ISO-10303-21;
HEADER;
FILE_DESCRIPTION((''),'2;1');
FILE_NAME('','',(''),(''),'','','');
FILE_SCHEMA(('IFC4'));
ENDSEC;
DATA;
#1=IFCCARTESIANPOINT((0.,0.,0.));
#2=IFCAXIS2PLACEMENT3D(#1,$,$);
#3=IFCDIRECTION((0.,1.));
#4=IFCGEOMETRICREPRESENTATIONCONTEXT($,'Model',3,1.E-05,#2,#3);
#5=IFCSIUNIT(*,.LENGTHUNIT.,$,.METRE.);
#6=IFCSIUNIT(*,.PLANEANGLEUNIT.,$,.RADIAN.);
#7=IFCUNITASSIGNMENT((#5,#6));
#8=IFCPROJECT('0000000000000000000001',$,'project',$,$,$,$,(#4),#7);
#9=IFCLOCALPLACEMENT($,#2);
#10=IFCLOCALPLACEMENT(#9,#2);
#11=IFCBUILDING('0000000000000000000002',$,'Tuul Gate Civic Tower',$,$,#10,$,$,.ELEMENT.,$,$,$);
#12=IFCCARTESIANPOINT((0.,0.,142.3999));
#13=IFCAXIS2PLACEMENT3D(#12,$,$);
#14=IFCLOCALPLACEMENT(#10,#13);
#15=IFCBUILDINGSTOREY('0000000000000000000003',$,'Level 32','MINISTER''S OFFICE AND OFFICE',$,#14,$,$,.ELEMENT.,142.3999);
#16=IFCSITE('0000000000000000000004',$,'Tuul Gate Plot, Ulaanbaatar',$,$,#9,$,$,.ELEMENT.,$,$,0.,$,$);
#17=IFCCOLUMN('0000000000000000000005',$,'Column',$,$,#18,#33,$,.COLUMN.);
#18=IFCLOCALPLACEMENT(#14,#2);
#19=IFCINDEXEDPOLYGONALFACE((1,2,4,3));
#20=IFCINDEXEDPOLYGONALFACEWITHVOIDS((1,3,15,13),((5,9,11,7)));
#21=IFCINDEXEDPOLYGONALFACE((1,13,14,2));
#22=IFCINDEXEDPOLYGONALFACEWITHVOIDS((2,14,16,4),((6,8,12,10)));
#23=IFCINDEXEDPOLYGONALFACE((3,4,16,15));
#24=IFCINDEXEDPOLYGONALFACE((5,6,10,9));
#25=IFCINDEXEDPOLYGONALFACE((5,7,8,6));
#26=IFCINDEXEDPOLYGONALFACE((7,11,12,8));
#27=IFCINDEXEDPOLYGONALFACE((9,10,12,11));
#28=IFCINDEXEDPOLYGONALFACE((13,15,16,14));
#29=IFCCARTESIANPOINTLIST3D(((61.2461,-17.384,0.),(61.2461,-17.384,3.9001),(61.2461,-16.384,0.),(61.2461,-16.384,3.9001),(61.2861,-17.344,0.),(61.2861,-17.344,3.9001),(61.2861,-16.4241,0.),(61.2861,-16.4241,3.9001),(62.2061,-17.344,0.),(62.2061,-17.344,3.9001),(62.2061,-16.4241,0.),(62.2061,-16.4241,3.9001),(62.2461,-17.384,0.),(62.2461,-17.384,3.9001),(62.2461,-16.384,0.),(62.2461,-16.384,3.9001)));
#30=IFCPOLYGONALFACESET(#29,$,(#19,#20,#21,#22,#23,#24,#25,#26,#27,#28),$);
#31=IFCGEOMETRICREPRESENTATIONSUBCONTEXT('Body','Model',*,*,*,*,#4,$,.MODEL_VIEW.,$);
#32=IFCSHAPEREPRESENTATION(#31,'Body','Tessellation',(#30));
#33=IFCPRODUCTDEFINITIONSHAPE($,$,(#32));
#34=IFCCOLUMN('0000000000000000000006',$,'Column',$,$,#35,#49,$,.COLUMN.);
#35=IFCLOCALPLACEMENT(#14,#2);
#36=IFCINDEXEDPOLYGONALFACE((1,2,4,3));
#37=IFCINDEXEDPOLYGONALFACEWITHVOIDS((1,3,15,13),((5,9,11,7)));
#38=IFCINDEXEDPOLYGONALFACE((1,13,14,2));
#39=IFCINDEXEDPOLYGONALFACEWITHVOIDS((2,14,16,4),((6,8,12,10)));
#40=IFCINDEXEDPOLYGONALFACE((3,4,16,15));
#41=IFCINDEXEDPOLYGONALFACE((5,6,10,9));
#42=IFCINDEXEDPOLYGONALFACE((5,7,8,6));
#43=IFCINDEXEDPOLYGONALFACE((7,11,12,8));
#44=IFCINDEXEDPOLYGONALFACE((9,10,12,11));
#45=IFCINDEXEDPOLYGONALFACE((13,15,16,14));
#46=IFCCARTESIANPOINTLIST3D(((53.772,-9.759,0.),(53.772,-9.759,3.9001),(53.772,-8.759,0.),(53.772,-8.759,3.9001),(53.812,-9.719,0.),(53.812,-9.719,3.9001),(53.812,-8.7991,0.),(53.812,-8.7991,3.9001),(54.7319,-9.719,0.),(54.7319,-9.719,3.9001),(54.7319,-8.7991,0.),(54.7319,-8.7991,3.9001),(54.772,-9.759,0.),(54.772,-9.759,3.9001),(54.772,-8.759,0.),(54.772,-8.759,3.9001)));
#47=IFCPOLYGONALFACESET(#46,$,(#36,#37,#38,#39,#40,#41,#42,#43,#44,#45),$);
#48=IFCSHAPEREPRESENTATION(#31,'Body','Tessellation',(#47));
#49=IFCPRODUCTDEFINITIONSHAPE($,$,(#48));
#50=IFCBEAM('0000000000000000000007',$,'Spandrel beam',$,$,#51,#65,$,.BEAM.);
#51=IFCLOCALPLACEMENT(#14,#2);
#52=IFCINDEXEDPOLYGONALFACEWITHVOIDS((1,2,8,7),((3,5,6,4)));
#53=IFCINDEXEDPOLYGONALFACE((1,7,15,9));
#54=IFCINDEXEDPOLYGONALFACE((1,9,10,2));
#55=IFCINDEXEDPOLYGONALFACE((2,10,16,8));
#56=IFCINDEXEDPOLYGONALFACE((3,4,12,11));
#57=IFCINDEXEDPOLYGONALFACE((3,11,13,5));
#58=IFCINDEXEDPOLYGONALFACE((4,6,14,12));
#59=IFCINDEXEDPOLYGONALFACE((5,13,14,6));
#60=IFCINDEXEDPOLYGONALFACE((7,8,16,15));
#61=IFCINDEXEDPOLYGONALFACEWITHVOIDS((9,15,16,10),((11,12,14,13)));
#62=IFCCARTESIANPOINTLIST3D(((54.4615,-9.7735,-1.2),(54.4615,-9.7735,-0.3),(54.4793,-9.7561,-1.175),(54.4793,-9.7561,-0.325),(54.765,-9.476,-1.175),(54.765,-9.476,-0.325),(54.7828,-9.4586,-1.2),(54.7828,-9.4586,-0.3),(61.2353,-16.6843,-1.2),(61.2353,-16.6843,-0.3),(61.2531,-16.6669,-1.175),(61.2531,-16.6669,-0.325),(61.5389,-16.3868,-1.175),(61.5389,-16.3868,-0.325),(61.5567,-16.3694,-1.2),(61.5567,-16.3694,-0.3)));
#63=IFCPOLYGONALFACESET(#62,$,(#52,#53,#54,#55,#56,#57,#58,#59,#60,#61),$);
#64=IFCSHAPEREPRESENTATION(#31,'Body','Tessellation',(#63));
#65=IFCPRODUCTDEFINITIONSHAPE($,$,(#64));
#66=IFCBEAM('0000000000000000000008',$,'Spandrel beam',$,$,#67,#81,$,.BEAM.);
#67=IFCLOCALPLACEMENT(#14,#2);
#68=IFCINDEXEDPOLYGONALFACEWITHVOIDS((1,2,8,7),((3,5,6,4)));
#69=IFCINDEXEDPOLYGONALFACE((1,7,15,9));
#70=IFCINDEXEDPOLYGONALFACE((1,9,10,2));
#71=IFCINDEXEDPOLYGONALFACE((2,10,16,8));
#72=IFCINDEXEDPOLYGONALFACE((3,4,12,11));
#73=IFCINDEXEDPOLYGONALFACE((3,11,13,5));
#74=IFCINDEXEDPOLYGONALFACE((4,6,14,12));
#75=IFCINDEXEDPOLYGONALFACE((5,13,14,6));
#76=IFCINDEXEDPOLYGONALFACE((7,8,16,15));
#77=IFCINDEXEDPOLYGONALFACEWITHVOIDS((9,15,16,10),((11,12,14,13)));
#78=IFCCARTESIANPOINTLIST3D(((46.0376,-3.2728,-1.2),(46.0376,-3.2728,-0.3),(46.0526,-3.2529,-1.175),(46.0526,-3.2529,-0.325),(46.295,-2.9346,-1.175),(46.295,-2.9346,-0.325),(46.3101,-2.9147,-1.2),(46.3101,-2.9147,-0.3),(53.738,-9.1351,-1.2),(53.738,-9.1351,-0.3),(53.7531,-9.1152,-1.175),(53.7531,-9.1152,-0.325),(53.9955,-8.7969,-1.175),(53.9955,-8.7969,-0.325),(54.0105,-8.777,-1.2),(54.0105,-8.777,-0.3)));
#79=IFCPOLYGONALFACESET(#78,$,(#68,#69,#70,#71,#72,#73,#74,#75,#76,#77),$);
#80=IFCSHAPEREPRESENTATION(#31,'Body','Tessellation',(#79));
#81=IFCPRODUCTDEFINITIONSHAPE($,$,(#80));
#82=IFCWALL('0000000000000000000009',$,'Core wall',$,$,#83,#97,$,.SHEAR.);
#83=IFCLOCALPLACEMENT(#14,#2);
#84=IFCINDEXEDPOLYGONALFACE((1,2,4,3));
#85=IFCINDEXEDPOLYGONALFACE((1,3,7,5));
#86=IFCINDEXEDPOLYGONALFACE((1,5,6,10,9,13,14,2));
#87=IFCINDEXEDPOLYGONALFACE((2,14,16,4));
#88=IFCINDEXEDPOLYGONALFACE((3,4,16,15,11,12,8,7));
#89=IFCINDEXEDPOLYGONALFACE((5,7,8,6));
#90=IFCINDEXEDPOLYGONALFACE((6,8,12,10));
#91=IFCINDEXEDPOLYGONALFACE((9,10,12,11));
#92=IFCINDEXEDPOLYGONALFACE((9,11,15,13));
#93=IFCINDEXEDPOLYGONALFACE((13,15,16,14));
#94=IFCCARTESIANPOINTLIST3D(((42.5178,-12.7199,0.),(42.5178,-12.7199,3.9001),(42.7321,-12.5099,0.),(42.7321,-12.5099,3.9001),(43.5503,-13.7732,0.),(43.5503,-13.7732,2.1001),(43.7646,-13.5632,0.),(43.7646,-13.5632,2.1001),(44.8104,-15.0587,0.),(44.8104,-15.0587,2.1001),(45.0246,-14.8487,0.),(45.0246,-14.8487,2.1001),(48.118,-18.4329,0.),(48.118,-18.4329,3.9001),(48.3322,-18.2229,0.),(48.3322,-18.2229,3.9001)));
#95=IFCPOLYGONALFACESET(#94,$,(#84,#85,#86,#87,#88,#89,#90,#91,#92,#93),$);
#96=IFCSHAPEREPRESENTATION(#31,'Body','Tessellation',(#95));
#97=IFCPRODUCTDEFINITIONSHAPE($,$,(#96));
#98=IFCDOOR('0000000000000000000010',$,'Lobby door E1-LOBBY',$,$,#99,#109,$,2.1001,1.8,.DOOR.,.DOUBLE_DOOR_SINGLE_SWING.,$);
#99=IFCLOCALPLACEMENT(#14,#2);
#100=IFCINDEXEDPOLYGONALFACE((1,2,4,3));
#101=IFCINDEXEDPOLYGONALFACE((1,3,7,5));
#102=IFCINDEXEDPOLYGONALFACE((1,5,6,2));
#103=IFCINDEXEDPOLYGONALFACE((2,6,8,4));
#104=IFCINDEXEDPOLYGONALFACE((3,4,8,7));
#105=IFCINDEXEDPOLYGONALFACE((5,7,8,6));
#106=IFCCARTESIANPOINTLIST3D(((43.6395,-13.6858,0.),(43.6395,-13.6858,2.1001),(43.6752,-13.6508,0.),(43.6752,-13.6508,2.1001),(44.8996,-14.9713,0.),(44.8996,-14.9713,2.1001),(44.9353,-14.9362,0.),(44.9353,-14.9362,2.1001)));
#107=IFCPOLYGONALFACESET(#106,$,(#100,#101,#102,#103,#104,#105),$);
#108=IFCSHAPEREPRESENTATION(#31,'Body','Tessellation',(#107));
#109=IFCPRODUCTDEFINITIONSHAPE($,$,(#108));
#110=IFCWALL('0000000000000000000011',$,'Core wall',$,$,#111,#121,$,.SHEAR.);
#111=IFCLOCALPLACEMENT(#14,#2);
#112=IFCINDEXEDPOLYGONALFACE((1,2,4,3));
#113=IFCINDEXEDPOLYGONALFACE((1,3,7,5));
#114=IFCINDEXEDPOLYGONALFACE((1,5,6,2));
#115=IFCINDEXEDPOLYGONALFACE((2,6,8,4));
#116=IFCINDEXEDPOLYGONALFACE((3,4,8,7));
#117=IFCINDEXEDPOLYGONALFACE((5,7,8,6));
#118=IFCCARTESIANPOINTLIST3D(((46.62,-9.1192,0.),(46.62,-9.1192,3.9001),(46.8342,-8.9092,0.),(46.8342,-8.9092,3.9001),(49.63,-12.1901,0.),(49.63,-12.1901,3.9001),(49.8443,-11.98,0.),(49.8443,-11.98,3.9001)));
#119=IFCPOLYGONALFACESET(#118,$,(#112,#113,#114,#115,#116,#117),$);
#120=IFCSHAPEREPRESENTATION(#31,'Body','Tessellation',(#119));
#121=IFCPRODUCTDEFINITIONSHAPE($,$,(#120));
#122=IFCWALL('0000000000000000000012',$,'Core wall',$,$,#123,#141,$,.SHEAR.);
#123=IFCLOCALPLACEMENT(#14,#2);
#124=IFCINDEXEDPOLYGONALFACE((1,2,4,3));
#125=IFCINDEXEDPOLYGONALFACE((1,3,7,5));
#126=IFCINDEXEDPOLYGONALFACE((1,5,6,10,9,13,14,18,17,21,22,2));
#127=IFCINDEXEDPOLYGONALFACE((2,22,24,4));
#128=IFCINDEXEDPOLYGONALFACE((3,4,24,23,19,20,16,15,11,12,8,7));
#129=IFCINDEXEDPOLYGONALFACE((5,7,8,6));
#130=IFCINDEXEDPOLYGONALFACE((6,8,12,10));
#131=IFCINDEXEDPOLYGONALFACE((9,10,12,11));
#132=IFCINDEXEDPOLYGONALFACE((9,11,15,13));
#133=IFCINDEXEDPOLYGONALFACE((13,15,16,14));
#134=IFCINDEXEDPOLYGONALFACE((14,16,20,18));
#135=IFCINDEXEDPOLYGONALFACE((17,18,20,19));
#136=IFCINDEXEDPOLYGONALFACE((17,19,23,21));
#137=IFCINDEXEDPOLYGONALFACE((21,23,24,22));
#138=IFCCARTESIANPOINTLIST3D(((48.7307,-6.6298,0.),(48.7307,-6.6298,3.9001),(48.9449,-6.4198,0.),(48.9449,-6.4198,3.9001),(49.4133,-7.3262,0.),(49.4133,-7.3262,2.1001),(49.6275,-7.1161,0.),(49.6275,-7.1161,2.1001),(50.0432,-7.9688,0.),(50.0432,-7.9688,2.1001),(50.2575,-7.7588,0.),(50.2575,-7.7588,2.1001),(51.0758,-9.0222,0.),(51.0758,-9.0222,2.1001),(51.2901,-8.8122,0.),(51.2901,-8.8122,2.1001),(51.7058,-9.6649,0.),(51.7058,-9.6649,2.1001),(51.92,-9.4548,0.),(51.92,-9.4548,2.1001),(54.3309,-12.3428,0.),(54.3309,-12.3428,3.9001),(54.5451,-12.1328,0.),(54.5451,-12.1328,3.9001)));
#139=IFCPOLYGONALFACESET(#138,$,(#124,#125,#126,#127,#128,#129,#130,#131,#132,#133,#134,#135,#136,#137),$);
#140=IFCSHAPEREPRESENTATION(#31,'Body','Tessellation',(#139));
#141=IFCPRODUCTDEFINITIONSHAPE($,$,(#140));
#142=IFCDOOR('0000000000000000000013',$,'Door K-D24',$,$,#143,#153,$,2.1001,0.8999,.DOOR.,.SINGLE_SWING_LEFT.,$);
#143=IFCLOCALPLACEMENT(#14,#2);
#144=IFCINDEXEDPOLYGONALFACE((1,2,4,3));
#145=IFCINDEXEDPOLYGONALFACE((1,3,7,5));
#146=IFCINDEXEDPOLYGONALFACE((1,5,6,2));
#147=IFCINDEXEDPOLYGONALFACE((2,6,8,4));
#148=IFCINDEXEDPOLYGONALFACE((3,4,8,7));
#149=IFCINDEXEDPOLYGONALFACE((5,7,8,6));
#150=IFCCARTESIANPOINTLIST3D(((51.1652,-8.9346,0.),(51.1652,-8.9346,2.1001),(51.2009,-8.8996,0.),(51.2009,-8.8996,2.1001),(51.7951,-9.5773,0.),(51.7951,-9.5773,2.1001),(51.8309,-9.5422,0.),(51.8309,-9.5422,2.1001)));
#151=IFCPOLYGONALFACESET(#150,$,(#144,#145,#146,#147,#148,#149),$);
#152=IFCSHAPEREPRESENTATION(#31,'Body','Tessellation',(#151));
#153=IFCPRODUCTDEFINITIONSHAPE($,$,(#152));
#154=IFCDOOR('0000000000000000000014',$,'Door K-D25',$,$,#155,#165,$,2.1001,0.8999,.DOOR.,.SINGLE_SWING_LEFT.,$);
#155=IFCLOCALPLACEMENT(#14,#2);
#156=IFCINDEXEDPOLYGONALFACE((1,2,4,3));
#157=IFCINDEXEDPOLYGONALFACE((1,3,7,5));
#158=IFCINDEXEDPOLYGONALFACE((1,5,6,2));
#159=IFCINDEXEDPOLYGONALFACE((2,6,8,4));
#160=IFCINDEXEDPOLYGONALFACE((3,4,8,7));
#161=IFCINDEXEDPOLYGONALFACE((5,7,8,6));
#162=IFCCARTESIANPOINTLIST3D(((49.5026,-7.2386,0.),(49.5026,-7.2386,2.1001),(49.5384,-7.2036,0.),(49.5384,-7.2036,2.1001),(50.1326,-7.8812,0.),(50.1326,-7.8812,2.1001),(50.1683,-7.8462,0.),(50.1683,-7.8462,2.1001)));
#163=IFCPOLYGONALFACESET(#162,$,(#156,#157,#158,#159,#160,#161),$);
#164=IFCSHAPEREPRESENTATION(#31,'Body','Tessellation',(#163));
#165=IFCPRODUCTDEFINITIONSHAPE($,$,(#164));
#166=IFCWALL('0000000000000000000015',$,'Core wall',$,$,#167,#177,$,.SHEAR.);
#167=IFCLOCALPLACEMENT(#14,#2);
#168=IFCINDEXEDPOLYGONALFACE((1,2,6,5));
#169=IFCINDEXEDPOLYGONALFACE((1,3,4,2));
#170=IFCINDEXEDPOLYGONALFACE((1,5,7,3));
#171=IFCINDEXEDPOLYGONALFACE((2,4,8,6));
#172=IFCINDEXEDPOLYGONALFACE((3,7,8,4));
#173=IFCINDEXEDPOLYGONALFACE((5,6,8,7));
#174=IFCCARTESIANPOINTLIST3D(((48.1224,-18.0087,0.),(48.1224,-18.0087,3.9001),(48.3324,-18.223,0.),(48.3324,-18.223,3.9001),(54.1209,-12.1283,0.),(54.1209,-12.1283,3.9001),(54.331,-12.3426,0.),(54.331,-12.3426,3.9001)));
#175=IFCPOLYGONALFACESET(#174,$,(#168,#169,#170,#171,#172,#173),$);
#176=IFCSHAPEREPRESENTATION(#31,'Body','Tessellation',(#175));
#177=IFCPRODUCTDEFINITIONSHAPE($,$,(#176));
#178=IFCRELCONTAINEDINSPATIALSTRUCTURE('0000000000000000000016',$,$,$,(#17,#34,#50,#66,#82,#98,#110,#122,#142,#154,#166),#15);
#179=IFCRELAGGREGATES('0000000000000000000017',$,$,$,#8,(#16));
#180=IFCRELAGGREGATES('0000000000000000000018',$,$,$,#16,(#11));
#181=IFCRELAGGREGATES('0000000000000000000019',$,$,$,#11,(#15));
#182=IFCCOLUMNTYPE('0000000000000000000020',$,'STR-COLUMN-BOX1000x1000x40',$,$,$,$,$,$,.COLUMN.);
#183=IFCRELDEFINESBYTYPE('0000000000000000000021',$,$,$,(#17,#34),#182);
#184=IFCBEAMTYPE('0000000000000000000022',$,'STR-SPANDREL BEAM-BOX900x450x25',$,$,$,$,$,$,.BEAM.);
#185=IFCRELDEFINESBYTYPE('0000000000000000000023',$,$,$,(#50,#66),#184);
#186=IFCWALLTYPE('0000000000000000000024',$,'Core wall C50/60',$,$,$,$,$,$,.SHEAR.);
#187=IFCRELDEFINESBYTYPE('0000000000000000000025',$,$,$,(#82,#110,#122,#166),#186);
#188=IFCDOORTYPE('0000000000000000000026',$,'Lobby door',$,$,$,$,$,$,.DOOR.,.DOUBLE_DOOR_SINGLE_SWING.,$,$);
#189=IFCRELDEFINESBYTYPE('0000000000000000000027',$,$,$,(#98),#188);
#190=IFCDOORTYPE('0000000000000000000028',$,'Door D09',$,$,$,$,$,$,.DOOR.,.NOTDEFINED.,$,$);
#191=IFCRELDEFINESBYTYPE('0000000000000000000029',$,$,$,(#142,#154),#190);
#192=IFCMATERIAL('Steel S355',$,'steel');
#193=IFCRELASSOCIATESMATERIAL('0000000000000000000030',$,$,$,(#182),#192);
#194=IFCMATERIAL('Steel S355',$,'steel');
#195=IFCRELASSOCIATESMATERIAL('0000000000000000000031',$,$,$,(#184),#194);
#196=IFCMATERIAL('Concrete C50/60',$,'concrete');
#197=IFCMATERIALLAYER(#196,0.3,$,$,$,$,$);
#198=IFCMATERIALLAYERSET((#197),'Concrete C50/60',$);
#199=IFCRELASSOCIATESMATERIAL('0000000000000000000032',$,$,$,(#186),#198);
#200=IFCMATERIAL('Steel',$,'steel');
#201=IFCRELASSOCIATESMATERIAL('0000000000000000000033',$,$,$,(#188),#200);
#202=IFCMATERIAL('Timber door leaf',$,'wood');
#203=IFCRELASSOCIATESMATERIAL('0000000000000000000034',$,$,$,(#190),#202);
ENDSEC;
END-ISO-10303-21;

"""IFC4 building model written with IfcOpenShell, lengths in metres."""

from ifc_helpers import new_model, si_unit, direction, frame, frame_2d, origin, origin_2d, place, context, subcontext, project, spatial, rectangle, hollow_rectangle, extrude, material, layer, layer_set, material_profile, profile_set, type_object, element, fill, save


model = new_model("IFC4")

# Units and contexts
model_context = context("Model", 3, precision=1e-05, world=origin(), true_north=direction((0.0, 1.0)))
body_context = subcontext(model_context, "Body", "Model", "MODEL_VIEW")
ifc_project = project(units=[si_unit("LENGTHUNIT", "METRE"), si_unit("PLANEANGLEUNIT", "RADIAN")], contexts=[model_context])

# Site, building, storey
site_placement = place(None, origin())
site = spatial("IfcSite", under=ifc_project, at=site_placement, Name="Tuul Gate Plot, Ulaanbaatar", CompositionType="ELEMENT", RefElevation=0.0)
building_placement = place(site_placement, origin())
building = spatial("IfcBuilding", under=site, at=building_placement, Name="Tuul Gate Civic Tower", CompositionType="ELEMENT")
storey_placement = place(building_placement, frame((0.0, 0.0, 142.3999)))
storey = spatial("IfcBuildingStorey", under=building, at=storey_placement, Name="Level 32", Description="MINISTER'S OFFICE AND OFFICE", CompositionType="ELEMENT", Elevation=142.3999)

# Columns
ifc_material_1 = material(Name="Steel S355", Category="steel")
ifc_material_profile_1 = material_profile(ifc_material_1, hollow_rectangle(XDim=1.0, YDim=1.0, WallThickness=0.04, at=origin_2d()), Name="BOX1000x1000x40")
ifc_profile_set_1 = profile_set([ifc_material_profile_1], Name="Steel S355")
column_type = type_object("IfcColumnType", Name="STR-COLUMN-BOX1000x1000x40", PredefinedType="COLUMN", material=ifc_profile_set_1)
for number, where, z_axis, x_axis, name in (
    (1, (61.7461, -16.884, 0.0), (0.0, 0.0, 1.0), (1.0, 0.0, 0.0), "Column"),
    (2, (54.272, -9.259, 0.0), (0.0, 0.0, 1.0), (1.0, 0.0, 0.0), "Column"),
):
    element("IfcColumn", number, at=place(storey_placement, frame(where, z_axis=z_axis, x_axis=x_axis)), inside=storey, type_object=column_type, Name=name, PredefinedType="COLUMN", context=body_context, shape_type="SweptSolid", body=[
        extrude(hollow_rectangle(XDim=1.0, YDim=1.0, WallThickness=0.04, at=origin_2d()), origin(), (0.0, 0.0, 1.0), 3.9001),
    ])

# Beams
ifc_material_2 = material(Name="Steel S355", Category="steel")
ifc_material_profile_2 = material_profile(ifc_material_2, hollow_rectangle(XDim=0.45, YDim=0.8999, WallThickness=0.0249, at=origin_2d()), Name="BOX900x450x25")
ifc_profile_set_2 = profile_set([ifc_material_profile_2], Name="Steel S355")
beam_type = type_object("IfcBeamType", Name="STR-SPANDREL BEAM-BOX900x450x25", PredefinedType="BEAM", material=ifc_profile_set_2)
beam_1_placement = place(storey_placement, frame((61.396, -16.5269, -0.75), z_axis=(-0.699995, 0.714148, 0.0), x_axis=(-0.714148, -0.699995, 0.0)))
element("IfcBeam", 3, at=beam_1_placement, inside=storey, type_object=beam_type, Name="Spandrel beam", PredefinedType="BEAM", context=body_context, shape_type="SweptSolid", body=[
    extrude(hollow_rectangle(XDim=0.45, YDim=0.8999, WallThickness=0.0249, at=origin_2d()), origin(), (0.0, 0.0, 1.0), 9.677),
])
beam_2_placement = place(storey_placement, frame((53.8743, -8.9561, -0.75), z_axis=(-0.795666, 0.605736, 0.0), x_axis=(-0.605736, -0.795666, 0.0)))
element("IfcBeam", 4, at=beam_2_placement, inside=storey, type_object=beam_type, Name="Spandrel beam", PredefinedType="BEAM", context=body_context, shape_type="SweptSolid", body=[
    extrude(hollow_rectangle(XDim=0.45, YDim=0.8999, WallThickness=0.0249, at=origin_2d()), origin(), (0.0, 0.0, 1.0), 9.678),
])

# Wall, opening, door
ifc_material_3 = material(Name="Concrete C50/60", Category="concrete")
ifc_layer_1 = layer(ifc_material_3, 0.3)
ifc_layer_set_1 = layer_set([ifc_layer_1], Name="Concrete C50/60")
wall_type_1 = type_object("IfcWallType", Name="Core wall C50/60", PredefinedType="SHEAR", material=ifc_layer_set_1)
wall_1_placement = place(storey_placement, frame((48.2251, -18.3279, 0.0), z_axis=(0.0, 0.0, 1.0), x_axis=(-0.700022, 0.714121, 0.0)))
wall_1 = element("IfcWall", 5, at=wall_1_placement, inside=storey, type_object=wall_type_1, Name="Core wall", PredefinedType="SHEAR", context=body_context, shape_type="SweptSolid", body=[
    extrude(rectangle(XDim=8.0, YDim=0.3, at=frame_2d((4.0, 0.0))), origin(), (0.0, 0.0, 1.0), 3.9001),
])
opening_1_placement = place(wall_1_placement, frame((4.7251, 0.0, 0.0)))
opening_1 = element("IfcOpeningElement", 6, at=opening_1_placement, cuts=wall_1, PredefinedType="OPENING", context=body_context, shape_type="SweptSolid", body=[
    extrude(rectangle(XDim=1.8, YDim=2.1001, at=frame_2d((0.8999, 1.05))), frame((0.0, 0.1602, 0.0), z_axis=(0.0, -1.0, 0.0), x_axis=(1.0, 0.0, 0.0)), (0.0, 0.0, 1.0), 0.3201),
])
ifc_material_4 = material(Name="Steel", Category="steel")
door_type_1 = type_object("IfcDoorType", Name="Lobby door", OperationType="DOUBLE_DOOR_SINGLE_SWING", PredefinedType="DOOR", material=ifc_material_4)
door_1_placement = place(opening_1_placement, frame((1.8, 0.0, 0.0), z_axis=(0.0, 0.0, 1.0), x_axis=(-1.0, 0.0, 0.0)))
door_1 = element("IfcDoor", 7, at=door_1_placement, inside=storey, type_object=door_type_1, Name="Lobby door E1-LOBBY", OperationType="DOUBLE_DOOR_SINGLE_SWING", OverallHeight=2.1001, OverallWidth=1.8, PredefinedType="DOOR", context=body_context, shape_type="SweptSolid", body=[
    extrude(rectangle(XDim=1.8, YDim=2.1001, at=frame_2d((0.9001, 1.05))), frame((0.0, 0.0249, 0.0), z_axis=(0.0, -1.0, 0.0), x_axis=(1.0, 0.0, 0.0)), (0.0, 0.0, 1.0), 0.05),
])
fill(opening_1, door_1)

# Wall
wall_2_placement = place(storey_placement, frame((49.7371, -12.085, 0.0), z_axis=(0.0, 0.0, 1.0), x_axis=(-0.700003, 0.71414, 0.0)))
element("IfcWall", 8, at=wall_2_placement, inside=storey, type_object=wall_type_1, Name="Core wall", PredefinedType="SHEAR", context=body_context, shape_type="SweptSolid", body=[
    extrude(rectangle(XDim=4.3, YDim=0.3, at=frame_2d((2.1499, 0.0))), origin(), (0.0, 0.0, 1.0), 3.9001),
])

# Wall, openings, doors
wall_3_placement = place(storey_placement, frame((54.438, -12.2378, 0.0), z_axis=(0.0, 0.0, 1.0), x_axis=(-0.700022, 0.714121, 0.0)))
wall_3 = element("IfcWall", 9, at=wall_3_placement, inside=storey, type_object=wall_type_1, Name="Core wall", PredefinedType="SHEAR", context=body_context, shape_type="SweptSolid", body=[
    extrude(rectangle(XDim=8.0, YDim=0.3, at=frame_2d((4.0, 0.0))), origin(), (0.0, 0.0, 1.0), 3.9001),
])
opening_2_placement = place(wall_3_placement, frame((3.75, 0.0, 0.0)))
opening_2 = element("IfcOpeningElement", 10, at=opening_2_placement, cuts=wall_3, PredefinedType="OPENING", context=body_context, shape_type="SweptSolid", body=[
    extrude(rectangle(XDim=0.8999, YDim=2.1001, at=frame_2d((0.45, 1.05))), frame((0.0, 0.1602, 0.0), z_axis=(0.0, -1.0, 0.0), x_axis=(1.0, 0.0, 0.0)), (0.0, 0.0, 1.0), 0.3201),
])
opening_3_placement = place(wall_3_placement, frame((6.125, 0.0, 0.0)))
opening_3 = element("IfcOpeningElement", 11, at=opening_3_placement, cuts=wall_3, PredefinedType="OPENING", context=body_context, shape_type="SweptSolid", body=[
    extrude(rectangle(XDim=0.8999, YDim=2.1001, at=frame_2d((0.45, 1.05))), frame((0.0, 0.1602, 0.0), z_axis=(0.0, -1.0, 0.0), x_axis=(1.0, 0.0, 0.0)), (0.0, 0.0, 1.0), 0.3201),
])
ifc_material_5 = material(Name="Timber door leaf", Category="wood")
door_type_2 = type_object("IfcDoorType", Name="Door D09", OperationType="NOTDEFINED", PredefinedType="DOOR", material=ifc_material_5)
door_2_placement = place(opening_2_placement, origin())
door_2 = element("IfcDoor", 12, at=door_2_placement, inside=storey, type_object=door_type_2, Name="Door K-D24", OperationType="SINGLE_SWING_LEFT", OverallHeight=2.1001, OverallWidth=0.8999, PredefinedType="DOOR", context=body_context, shape_type="SweptSolid", body=[
    extrude(rectangle(XDim=0.8999, YDim=2.1001, at=frame_2d((0.45, 1.05))), frame((0.0, 0.0249, 0.0), z_axis=(0.0, -1.0, 0.0), x_axis=(1.0, 0.0, 0.0)), (0.0, 0.0, 1.0), 0.05),
])
fill(opening_2, door_2)
door_3_placement = place(opening_3_placement, origin())
door_3 = element("IfcDoor", 13, at=door_3_placement, inside=storey, type_object=door_type_2, Name="Door K-D25", OperationType="SINGLE_SWING_LEFT", OverallHeight=2.1001, OverallWidth=0.8999, PredefinedType="DOOR", context=body_context, shape_type="SweptSolid", body=[
    extrude(rectangle(XDim=0.8999, YDim=2.1001, at=frame_2d((0.45, 1.05))), frame((0.0, 0.0249, 0.0), z_axis=(0.0, -1.0, 0.0), x_axis=(1.0, 0.0, 0.0)), (0.0, 0.0, 1.0), 0.05),
])
fill(opening_3, door_3)

# Wall
wall_4_placement = place(storey_placement, frame((48.2273, -18.116, 0.0), z_axis=(0.0, 0.0, 1.0), x_axis=(0.714105, 0.700038, 0.0)))
element("IfcWall", 14, at=wall_4_placement, inside=storey, type_object=wall_type_1, Name="Core wall", PredefinedType="SHEAR", context=body_context, shape_type="SweptSolid", body=[
    extrude(rectangle(XDim=8.4001, YDim=0.3, at=frame_2d((4.2002, 0.0))), origin(), (0.0, 0.0, 1.0), 3.9001),
])

save(model, "model.ifc")
